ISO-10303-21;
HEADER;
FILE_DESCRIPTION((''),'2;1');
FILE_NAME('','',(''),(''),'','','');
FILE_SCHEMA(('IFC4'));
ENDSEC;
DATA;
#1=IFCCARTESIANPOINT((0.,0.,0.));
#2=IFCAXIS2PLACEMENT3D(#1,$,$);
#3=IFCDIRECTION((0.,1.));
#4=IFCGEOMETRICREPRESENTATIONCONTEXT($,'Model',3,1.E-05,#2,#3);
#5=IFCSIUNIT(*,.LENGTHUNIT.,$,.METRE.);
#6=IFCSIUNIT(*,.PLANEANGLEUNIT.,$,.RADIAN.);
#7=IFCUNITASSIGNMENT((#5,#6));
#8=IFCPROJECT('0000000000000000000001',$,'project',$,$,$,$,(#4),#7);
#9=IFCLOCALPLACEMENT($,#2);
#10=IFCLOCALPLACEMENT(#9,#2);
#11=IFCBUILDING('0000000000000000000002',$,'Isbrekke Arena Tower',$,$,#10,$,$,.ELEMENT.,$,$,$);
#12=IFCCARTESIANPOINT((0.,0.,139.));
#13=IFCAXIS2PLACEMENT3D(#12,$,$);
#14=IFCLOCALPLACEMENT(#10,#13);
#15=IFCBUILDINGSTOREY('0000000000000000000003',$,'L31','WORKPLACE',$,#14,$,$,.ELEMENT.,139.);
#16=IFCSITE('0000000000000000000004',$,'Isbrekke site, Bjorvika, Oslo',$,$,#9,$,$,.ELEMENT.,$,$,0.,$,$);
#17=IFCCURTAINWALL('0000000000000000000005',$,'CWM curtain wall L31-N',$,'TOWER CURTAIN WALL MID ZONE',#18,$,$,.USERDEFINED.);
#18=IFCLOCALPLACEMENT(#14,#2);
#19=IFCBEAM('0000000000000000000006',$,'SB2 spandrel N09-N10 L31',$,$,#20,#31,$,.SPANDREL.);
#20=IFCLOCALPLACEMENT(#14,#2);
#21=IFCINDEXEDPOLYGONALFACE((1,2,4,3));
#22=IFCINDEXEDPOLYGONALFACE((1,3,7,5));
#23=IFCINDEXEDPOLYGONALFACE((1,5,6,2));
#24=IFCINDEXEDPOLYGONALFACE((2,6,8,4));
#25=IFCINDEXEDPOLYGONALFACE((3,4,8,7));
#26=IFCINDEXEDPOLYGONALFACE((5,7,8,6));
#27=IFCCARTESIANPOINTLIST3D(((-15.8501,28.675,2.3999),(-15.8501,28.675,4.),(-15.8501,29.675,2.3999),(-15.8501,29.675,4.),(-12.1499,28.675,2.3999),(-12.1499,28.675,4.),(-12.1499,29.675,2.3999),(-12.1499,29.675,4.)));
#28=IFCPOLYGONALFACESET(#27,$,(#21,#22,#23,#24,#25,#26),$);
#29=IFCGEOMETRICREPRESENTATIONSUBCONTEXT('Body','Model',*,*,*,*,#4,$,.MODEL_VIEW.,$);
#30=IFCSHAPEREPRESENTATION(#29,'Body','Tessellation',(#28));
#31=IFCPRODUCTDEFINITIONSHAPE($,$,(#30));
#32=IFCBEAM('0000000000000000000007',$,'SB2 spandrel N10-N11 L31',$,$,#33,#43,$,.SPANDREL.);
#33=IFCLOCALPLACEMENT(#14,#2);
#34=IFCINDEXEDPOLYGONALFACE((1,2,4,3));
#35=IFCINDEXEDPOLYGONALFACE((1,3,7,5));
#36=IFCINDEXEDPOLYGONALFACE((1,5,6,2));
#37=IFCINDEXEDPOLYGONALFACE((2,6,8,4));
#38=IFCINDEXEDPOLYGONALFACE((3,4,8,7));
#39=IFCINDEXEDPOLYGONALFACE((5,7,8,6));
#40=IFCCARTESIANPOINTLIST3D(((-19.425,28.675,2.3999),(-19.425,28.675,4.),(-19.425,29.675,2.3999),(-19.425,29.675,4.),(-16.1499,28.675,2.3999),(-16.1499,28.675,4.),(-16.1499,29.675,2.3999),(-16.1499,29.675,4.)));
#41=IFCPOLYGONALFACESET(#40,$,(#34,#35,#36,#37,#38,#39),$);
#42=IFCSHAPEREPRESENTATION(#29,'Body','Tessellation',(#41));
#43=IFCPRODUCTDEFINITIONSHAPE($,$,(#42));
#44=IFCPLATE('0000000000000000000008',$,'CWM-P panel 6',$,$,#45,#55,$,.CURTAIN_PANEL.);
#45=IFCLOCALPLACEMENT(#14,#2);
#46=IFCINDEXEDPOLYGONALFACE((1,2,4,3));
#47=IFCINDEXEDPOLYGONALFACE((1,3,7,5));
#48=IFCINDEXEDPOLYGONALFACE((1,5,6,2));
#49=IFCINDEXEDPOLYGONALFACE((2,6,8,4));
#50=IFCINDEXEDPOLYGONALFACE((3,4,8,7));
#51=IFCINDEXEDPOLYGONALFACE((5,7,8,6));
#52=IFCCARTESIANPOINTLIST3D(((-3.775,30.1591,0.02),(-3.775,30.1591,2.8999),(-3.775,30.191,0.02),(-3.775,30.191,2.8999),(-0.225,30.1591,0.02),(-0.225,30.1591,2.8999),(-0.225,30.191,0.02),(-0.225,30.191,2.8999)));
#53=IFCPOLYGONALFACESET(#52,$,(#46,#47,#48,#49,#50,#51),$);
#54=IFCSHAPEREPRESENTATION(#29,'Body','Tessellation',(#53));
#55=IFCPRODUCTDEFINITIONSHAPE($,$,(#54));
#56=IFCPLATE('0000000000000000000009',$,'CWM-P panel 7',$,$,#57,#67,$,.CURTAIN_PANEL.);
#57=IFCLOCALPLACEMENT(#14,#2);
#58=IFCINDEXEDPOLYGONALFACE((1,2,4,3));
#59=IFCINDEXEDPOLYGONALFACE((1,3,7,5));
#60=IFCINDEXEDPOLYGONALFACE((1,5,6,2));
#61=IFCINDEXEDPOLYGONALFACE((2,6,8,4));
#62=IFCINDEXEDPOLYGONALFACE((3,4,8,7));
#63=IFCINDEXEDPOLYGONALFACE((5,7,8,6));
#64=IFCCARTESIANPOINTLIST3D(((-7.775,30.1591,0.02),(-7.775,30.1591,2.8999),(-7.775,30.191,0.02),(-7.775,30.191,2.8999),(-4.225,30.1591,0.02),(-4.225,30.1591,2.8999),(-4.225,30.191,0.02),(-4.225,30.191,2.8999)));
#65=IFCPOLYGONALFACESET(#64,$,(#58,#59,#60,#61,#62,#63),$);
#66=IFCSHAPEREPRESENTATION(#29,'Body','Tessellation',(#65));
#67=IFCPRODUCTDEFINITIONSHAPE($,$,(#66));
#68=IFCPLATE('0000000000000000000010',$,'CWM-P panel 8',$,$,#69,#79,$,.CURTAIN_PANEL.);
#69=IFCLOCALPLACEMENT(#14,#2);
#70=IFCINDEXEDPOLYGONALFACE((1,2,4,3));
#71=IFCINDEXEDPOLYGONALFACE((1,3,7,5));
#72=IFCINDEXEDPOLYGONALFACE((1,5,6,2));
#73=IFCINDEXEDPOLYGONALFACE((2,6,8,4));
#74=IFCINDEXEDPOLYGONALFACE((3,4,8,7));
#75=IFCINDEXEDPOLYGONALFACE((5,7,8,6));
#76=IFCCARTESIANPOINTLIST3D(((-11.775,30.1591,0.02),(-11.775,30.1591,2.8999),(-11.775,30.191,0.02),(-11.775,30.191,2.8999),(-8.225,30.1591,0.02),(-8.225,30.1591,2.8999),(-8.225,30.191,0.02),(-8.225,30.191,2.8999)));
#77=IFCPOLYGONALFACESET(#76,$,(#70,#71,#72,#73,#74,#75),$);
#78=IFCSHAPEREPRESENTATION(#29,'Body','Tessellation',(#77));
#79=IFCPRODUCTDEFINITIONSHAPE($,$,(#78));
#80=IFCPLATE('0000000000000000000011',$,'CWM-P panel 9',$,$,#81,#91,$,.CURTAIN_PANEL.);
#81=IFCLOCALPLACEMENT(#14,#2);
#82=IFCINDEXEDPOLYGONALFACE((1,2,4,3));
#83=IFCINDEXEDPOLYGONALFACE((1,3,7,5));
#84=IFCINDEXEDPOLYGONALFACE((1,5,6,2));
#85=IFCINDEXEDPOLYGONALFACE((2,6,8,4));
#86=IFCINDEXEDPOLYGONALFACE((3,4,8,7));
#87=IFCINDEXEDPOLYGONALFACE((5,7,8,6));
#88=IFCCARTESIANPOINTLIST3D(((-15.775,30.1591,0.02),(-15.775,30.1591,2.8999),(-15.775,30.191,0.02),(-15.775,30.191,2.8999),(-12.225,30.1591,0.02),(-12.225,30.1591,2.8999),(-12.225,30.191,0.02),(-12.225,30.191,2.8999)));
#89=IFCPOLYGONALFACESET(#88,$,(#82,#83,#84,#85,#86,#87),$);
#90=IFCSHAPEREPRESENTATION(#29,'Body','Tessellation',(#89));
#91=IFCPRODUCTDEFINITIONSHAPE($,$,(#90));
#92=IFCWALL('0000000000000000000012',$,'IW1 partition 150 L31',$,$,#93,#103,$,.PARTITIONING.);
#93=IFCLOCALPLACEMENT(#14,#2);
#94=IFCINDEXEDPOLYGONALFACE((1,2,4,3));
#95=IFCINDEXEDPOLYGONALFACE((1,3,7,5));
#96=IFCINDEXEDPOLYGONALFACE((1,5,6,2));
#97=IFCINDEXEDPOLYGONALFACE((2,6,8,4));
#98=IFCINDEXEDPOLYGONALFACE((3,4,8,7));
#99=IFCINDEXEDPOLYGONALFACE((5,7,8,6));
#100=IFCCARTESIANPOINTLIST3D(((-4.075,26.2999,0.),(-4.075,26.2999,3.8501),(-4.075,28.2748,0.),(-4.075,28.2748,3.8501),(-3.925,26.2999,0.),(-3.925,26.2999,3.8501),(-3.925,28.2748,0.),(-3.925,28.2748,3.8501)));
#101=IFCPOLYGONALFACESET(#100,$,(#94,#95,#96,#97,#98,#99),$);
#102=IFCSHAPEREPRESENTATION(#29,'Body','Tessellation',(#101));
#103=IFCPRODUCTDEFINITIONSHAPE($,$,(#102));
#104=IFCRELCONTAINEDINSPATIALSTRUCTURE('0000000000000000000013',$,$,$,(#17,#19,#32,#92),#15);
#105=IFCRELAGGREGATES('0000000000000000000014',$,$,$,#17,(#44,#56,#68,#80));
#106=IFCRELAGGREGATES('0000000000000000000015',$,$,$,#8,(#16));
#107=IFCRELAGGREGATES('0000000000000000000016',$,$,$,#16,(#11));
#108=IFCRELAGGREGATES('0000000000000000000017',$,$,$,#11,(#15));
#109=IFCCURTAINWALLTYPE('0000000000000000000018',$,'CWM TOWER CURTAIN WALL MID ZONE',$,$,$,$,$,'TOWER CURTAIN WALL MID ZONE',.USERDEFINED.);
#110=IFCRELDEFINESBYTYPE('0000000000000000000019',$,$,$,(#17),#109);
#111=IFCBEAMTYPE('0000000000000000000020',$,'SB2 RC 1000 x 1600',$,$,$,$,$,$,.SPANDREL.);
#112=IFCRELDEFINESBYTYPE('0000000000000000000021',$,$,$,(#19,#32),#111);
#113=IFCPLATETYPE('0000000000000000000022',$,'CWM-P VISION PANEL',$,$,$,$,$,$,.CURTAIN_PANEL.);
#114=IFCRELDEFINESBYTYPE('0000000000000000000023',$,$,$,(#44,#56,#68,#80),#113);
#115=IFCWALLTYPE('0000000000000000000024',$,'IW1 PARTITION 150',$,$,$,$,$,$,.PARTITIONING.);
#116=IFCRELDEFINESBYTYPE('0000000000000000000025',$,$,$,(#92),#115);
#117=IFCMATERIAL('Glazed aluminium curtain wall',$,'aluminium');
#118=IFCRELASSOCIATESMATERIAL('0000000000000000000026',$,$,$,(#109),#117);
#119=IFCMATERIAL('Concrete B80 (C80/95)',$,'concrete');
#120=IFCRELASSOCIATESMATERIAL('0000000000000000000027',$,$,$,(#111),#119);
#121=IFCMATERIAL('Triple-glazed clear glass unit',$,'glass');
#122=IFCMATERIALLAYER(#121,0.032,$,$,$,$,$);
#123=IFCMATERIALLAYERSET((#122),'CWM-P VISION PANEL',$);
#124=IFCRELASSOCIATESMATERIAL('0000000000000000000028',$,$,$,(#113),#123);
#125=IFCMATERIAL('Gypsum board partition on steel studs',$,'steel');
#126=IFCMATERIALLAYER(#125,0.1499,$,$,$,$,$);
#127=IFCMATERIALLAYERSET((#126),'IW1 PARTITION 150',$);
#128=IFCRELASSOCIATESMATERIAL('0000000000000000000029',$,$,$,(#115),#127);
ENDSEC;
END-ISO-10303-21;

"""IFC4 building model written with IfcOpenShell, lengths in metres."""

from ifc_helpers import new_model, si_unit, direction, frame, frame_2d, origin, origin_2d, place, context, subcontext, project, spatial, rectangle, extrude, material, layer, layer_set, material_profile, profile_set, type_object, element, aggregate, save


model = new_model("IFC4")

# Units and contexts
model_context = context("Model", 3, precision=1e-05, world=origin(), true_north=direction((0.0, 1.0)))
body_context = subcontext(model_context, "Body", "Model", "MODEL_VIEW")
ifc_project = project(units=[si_unit("LENGTHUNIT", "METRE"), si_unit("PLANEANGLEUNIT", "RADIAN")], contexts=[model_context])

# Site, building, storey
site_placement = place(None, origin())
site = spatial("IfcSite", under=ifc_project, at=site_placement, Name="Isbrekke site, Bjorvika, Oslo", CompositionType="ELEMENT", RefElevation=0.0)
building_placement = place(site_placement, origin())
building = spatial("IfcBuilding", under=site, at=building_placement, Name="Isbrekke Arena Tower", CompositionType="ELEMENT")
storey_placement = place(building_placement, frame((0.0, 0.0, 139.0)))
storey = spatial("IfcBuildingStorey", under=building, at=storey_placement, Name="L31", Description="WORKPLACE", CompositionType="ELEMENT", Elevation=139.0)

# Curtain wall
ifc_material_1 = material(Name="Glazed aluminium curtain wall", Category="aluminium")
curtain_wall_type = type_object("IfcCurtainWallType", Name="CWM TOWER CURTAIN WALL MID ZONE", ElementType="TOWER CURTAIN WALL MID ZONE", PredefinedType="USERDEFINED", material=ifc_material_1)
curtain_wall_placement = place(storey_placement, origin())
curtain_wall = element("IfcCurtainWall", 1, at=curtain_wall_placement, inside=storey, type_object=curtain_wall_type, Name="CWM curtain wall L31-N", ObjectType="TOWER CURTAIN WALL MID ZONE", PredefinedType="USERDEFINED")

# Beams
ifc_material_2 = material(Name="Concrete B80 (C80/95)", Category="concrete")
ifc_material_profile_1 = material_profile(ifc_material_2, rectangle(XDim=1.0, YDim=1.6001, at=origin_2d()), Name="RC 1000x1600")
ifc_profile_set_1 = profile_set([ifc_material_profile_1], Name="Concrete B80 (C80/95)")
beam_type_1 = type_object("IfcBeamType", Name="SB2 RC 1000 x 1600", PredefinedType="SPANDREL", material=ifc_profile_set_1)
for number, where, z_axis, x_axis, name in (
    (2, (-12.1499, 29.175, 3.2), (-1.0, 0.0, 0.0), (0.0, -1.0, 0.0), "SB2 spandrel N09-N10 L31"),
):
    element("IfcBeam", number, at=place(storey_placement, frame(where, z_axis=z_axis, x_axis=x_axis)), inside=storey, type_object=beam_type_1, Name=name, PredefinedType="SPANDREL", context=body_context, shape_type="SweptSolid", body=[
        extrude(rectangle(XDim=1.0, YDim=1.6001, at=origin_2d()), origin(), (0.0, 0.0, 1.0), 3.7002),
    ])
beam_1_placement = place(storey_placement, frame((-16.1499, 29.175, 3.2), z_axis=(-1.0, 0.0, 0.0), x_axis=(0.0, -1.0, 0.0)))
element("IfcBeam", 3, at=beam_1_placement, inside=storey, type_object=beam_type_1, Name="SB2 spandrel N10-N11 L31", PredefinedType="SPANDREL", context=body_context, shape_type="SweptSolid", body=[
    extrude(rectangle(XDim=1.0, YDim=1.6001, at=origin_2d()), origin(), (0.0, 0.0, 1.0), 3.2751),
])

# Plates
ifc_material_3 = material(Name="Triple-glazed clear glass unit", Category="glass")
ifc_layer_1 = layer(ifc_material_3, 0.032)
ifc_layer_set_1 = layer_set([ifc_layer_1], Name="CWM-P VISION PANEL")
plate_type = type_object("IfcPlateType", Name="CWM-P VISION PANEL", PredefinedType="CURTAIN_PANEL", material=ifc_layer_set_1)
plate_1_placement = place(storey_placement, frame((-2.0, 30.175, 0.02), z_axis=(0.0, 0.0, 1.0), x_axis=(-1.0, 0.0, 0.0)))
plate_1 = element("IfcPlate", 4, at=plate_1_placement, type_object=plate_type, Name="CWM-P panel 6", PredefinedType="CURTAIN_PANEL", context=body_context, shape_type="SweptSolid", body=[
    extrude(rectangle(XDim=3.55, YDim=0.032, at=origin_2d()), origin(), (0.0, 0.0, 1.0), 2.8799),
])
plate_2_placement = place(storey_placement, frame((-6.0, 30.175, 0.02), z_axis=(0.0, 0.0, 1.0), x_axis=(-1.0, 0.0, 0.0)))
plate_2 = element("IfcPlate", 5, at=plate_2_placement, type_object=plate_type, Name="CWM-P panel 7", PredefinedType="CURTAIN_PANEL", context=body_context, shape_type="SweptSolid", body=[
    extrude(rectangle(XDim=3.55, YDim=0.032, at=origin_2d()), origin(), (0.0, 0.0, 1.0), 2.8799),
])
plate_3_placement = place(storey_placement, frame((-10.0, 30.175, 0.02), z_axis=(0.0, 0.0, 1.0), x_axis=(-1.0, 0.0, 0.0)))
plate_3 = element("IfcPlate", 6, at=plate_3_placement, type_object=plate_type, Name="CWM-P panel 8", PredefinedType="CURTAIN_PANEL", context=body_context, shape_type="SweptSolid", body=[
    extrude(rectangle(XDim=3.55, YDim=0.032, at=origin_2d()), origin(), (0.0, 0.0, 1.0), 2.8799),
])
plate_4_placement = place(storey_placement, frame((-14.0, 30.175, 0.02), z_axis=(0.0, 0.0, 1.0), x_axis=(-1.0, 0.0, 0.0)))
plate_4 = element("IfcPlate", 7, at=plate_4_placement, type_object=plate_type, Name="CWM-P panel 9", PredefinedType="CURTAIN_PANEL", context=body_context, shape_type="SweptSolid", body=[
    extrude(rectangle(XDim=3.55, YDim=0.032, at=origin_2d()), origin(), (0.0, 0.0, 1.0), 2.8799),
])
aggregate(curtain_wall, [plate_1, plate_2, plate_3, plate_4])

# Wall
ifc_material_4 = material(Name="Gypsum board partition on steel studs", Category="steel")
ifc_layer_2 = layer(ifc_material_4, 0.1499)
ifc_layer_set_2 = layer_set([ifc_layer_2], Name="IW1 PARTITION 150")
wall_type = type_object("IfcWallType", Name="IW1 PARTITION 150", PredefinedType="PARTITIONING", material=ifc_layer_set_2)
wall_placement = place(storey_placement, frame((-4.0, 26.3, 0.0), z_axis=(0.0, 0.0, 1.0), x_axis=(0.0, 1.0, 0.0)))
element("IfcWall", 8, at=wall_placement, inside=storey, type_object=wall_type, Name="IW1 partition 150 L31", PredefinedType="PARTITIONING", context=body_context, shape_type="SweptSolid", body=[
    extrude(rectangle(XDim=1.9749, YDim=0.1499, at=frame_2d((0.9873, 0.0))), origin(), (0.0, 0.0, 1.0), 3.8501),
])

save(model, "model.ifc")
